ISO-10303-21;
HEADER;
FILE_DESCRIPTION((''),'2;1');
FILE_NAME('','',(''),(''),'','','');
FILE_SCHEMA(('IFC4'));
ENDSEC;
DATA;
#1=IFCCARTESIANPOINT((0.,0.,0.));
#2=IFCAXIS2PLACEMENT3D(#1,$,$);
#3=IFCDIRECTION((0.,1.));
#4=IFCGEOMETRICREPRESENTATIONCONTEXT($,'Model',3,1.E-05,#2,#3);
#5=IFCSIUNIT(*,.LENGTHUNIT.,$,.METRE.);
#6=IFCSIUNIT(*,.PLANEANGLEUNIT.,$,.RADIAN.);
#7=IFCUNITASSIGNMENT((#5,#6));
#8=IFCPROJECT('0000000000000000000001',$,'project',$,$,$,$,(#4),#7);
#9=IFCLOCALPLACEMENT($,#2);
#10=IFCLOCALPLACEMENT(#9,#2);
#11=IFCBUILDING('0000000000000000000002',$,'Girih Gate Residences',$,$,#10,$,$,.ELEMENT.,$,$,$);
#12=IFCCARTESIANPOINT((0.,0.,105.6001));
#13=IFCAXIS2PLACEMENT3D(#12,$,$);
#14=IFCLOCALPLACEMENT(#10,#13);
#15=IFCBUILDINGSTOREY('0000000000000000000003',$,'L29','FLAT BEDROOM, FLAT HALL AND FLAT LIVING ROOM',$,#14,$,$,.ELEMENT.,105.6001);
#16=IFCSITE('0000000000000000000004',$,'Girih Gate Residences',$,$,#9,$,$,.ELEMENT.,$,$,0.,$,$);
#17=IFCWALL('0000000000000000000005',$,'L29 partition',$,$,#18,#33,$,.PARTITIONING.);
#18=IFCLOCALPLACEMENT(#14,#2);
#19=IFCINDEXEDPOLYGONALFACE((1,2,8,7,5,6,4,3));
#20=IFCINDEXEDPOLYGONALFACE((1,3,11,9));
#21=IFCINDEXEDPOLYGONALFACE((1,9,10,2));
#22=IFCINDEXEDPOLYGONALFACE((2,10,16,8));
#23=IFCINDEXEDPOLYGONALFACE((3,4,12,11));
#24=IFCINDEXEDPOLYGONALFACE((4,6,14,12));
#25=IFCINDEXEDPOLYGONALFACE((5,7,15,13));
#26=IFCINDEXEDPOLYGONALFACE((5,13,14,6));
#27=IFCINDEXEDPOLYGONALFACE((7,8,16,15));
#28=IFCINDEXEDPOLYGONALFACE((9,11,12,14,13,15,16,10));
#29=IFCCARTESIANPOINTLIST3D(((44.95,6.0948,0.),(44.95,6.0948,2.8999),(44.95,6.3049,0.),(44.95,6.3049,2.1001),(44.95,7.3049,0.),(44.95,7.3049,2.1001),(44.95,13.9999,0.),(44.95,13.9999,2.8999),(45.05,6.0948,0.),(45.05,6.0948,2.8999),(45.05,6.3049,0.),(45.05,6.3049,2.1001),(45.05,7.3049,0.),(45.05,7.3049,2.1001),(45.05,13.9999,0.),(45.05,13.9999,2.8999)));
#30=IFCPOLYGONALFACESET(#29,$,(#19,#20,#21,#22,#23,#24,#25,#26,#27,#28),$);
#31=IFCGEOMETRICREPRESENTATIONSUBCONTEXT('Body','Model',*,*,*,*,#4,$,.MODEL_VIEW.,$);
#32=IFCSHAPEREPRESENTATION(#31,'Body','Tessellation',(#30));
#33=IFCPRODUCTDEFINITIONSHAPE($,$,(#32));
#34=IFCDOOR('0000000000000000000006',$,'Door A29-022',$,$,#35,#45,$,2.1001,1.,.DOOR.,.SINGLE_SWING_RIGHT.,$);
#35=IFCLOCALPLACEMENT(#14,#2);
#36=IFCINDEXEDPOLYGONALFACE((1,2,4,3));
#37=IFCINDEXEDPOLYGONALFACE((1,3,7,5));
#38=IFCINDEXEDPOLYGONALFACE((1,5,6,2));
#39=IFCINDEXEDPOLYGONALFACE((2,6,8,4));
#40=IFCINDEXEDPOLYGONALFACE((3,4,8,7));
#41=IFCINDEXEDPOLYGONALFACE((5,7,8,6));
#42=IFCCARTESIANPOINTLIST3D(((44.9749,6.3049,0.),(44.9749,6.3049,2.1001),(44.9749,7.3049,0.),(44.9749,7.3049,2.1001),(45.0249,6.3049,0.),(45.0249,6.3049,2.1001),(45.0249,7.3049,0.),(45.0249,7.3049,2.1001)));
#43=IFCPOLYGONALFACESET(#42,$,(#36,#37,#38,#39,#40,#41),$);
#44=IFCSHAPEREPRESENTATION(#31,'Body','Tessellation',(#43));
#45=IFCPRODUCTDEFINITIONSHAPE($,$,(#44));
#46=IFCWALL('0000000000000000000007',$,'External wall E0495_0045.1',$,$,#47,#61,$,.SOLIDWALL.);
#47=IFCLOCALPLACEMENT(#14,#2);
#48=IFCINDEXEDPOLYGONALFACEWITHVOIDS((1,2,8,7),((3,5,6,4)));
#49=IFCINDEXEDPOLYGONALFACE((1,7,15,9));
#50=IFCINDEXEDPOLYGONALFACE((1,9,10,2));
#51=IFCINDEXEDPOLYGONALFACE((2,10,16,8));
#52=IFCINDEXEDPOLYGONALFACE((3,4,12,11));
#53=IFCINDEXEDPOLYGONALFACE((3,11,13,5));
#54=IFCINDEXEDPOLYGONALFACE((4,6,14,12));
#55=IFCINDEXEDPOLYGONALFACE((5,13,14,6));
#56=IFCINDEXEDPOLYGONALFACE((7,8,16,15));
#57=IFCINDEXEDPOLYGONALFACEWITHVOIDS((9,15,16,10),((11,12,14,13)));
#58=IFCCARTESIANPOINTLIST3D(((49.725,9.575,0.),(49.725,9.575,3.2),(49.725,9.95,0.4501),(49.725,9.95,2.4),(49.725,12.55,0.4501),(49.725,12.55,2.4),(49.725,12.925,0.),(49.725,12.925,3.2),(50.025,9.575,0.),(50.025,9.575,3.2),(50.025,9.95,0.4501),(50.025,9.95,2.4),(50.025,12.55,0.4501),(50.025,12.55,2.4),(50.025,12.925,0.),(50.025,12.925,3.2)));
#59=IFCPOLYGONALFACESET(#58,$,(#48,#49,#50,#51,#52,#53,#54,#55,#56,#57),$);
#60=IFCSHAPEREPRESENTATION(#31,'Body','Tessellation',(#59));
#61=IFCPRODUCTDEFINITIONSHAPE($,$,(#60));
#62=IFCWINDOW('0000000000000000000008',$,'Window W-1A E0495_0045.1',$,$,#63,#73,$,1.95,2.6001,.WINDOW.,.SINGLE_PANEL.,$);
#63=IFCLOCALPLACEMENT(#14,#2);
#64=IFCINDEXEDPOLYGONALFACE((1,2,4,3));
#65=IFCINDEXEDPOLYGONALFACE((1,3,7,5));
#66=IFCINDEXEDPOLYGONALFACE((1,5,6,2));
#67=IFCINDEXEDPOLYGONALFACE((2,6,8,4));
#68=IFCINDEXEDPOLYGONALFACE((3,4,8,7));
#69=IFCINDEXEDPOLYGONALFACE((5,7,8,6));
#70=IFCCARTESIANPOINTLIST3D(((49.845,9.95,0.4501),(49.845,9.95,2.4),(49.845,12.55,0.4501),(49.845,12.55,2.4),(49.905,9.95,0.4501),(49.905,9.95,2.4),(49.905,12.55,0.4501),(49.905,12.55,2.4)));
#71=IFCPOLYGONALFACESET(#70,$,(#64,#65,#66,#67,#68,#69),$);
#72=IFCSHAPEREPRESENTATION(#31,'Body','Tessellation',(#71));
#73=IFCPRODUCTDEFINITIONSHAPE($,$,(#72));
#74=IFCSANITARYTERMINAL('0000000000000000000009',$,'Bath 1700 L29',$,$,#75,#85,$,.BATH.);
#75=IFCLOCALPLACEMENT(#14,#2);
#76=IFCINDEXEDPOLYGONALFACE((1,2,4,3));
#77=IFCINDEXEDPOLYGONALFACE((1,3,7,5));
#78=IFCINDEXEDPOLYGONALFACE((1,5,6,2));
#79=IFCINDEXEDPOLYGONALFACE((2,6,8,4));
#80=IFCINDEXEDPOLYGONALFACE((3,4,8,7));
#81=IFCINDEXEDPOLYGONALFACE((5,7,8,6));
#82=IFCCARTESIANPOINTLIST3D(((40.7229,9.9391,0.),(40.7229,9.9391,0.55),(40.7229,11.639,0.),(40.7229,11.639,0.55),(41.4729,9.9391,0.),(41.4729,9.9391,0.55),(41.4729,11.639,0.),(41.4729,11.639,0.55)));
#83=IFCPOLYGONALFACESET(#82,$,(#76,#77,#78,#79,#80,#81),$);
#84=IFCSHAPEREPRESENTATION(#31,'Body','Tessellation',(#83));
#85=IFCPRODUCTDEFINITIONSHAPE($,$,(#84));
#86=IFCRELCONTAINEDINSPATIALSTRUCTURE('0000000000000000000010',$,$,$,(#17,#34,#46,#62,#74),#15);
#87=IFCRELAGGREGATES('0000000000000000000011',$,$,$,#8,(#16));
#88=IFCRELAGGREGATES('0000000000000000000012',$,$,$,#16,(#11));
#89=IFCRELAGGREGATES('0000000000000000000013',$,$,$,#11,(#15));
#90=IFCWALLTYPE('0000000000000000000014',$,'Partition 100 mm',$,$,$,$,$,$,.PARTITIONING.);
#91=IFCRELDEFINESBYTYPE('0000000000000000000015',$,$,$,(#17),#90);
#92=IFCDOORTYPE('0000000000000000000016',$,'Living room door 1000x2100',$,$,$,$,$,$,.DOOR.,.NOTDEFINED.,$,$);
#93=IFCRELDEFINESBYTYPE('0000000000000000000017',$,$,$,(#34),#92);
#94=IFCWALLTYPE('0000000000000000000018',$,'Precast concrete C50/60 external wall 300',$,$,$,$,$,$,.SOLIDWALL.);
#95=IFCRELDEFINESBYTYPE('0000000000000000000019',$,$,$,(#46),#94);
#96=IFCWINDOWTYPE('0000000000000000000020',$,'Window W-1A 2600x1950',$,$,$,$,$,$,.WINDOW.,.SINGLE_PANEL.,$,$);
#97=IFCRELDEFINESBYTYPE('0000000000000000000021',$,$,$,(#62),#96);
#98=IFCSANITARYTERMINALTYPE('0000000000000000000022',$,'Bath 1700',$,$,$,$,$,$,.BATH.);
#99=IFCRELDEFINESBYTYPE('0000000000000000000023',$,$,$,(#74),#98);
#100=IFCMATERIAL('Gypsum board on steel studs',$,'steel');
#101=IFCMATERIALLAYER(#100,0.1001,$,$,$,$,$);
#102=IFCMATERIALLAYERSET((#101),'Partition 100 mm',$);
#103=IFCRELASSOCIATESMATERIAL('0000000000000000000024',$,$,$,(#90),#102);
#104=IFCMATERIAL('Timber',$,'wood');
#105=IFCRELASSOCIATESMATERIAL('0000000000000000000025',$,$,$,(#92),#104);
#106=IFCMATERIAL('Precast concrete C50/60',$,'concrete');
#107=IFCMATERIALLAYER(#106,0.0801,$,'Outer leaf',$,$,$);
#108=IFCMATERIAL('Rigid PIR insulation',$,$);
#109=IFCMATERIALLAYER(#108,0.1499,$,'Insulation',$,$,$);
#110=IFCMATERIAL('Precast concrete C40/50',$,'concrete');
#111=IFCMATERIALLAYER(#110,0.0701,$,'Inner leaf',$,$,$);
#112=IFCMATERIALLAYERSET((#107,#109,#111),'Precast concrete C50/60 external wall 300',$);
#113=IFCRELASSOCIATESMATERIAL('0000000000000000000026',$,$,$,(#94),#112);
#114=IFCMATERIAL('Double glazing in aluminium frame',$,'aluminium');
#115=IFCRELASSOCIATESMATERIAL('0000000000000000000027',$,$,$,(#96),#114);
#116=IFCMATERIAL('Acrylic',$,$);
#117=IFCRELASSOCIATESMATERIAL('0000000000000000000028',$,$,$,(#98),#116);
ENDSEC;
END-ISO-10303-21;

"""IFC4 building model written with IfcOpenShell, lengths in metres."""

from ifc_helpers import new_model, si_unit, direction, frame, frame_2d, origin, origin_2d, place, context, subcontext, project, spatial, rectangle, extrude, material, layer, layer_set, type_object, element, fill, save


model = new_model("IFC4")

# Units and contexts
model_context = context("Model", 3, precision=1e-05, world=origin(), true_north=direction((0.0, 1.0)))
body_context = subcontext(model_context, "Body", "Model", "MODEL_VIEW")
ifc_project = project(units=[si_unit("LENGTHUNIT", "METRE"), si_unit("PLANEANGLEUNIT", "RADIAN")], contexts=[model_context])

# Site, building, storey
site_placement = place(None, origin())
site = spatial("IfcSite", under=ifc_project, at=site_placement, Name="Girih Gate Residences", CompositionType="ELEMENT", RefElevation=0.0)
building_placement = place(site_placement, origin())
building = spatial("IfcBuilding", under=site, at=building_placement, Name="Girih Gate Residences", CompositionType="ELEMENT")
storey_placement = place(building_placement, frame((0.0, 0.0, 105.6001)))
storey = spatial("IfcBuildingStorey", under=building, at=storey_placement, Name="L29", Description="FLAT BEDROOM, FLAT HALL AND FLAT LIVING ROOM", CompositionType="ELEMENT", Elevation=105.6001)

# Shared definitions
ifc_material_1 = material(Name="Gypsum board on steel studs", Category="steel")

# Shared definitions
ifc_material_2 = material(Name="Timber", Category="wood")

# Wall, opening, door
ifc_layer_1 = layer(ifc_material_1, 0.1001)
ifc_layer_set_1 = layer_set([ifc_layer_1], Name="Partition 100 mm")
wall_type_1 = type_object("IfcWallType", Name="Partition 100 mm", PredefinedType="PARTITIONING", material=ifc_layer_set_1)
wall_1_placement = place(storey_placement, frame((45.0, 14.0, 0.0), z_axis=(0.0, 0.0, 1.0), x_axis=(0.0, -1.0, 0.0)))
wall_1 = element("IfcWall", 1, at=wall_1_placement, inside=storey, type_object=wall_type_1, Name="L29 partition", PredefinedType="PARTITIONING", context=body_context, shape_type="SweptSolid", body=[
    extrude(rectangle(XDim=7.905, YDim=0.1001, at=frame_2d((3.9526, 0.0))), origin(), (0.0, 0.0, 1.0), 2.8999),
])
opening_1_placement = place(wall_1_placement, frame((6.6951, 0.0, 0.0)))
opening_1 = element("IfcOpeningElement", 2, at=opening_1_placement, cuts=wall_1, PredefinedType="OPENING", context=body_context, shape_type="SweptSolid", body=[
    extrude(rectangle(XDim=1.0, YDim=2.1001, at=frame_2d((0.5, 1.05))), frame((0.0, 0.0601, 0.0), z_axis=(0.0, -1.0, 0.0), x_axis=(1.0, 0.0, 0.0)), (0.0, 0.0, 1.0), 0.1201),
])
door_type_1 = type_object("IfcDoorType", Name="Living room door 1000x2100", OperationType="NOTDEFINED", PredefinedType="DOOR", material=ifc_material_2)
door_1_placement = place(opening_1_placement, origin())
door_1 = element("IfcDoor", 3, at=door_1_placement, inside=storey, type_object=door_type_1, Name="Door A29-022", OperationType="SINGLE_SWING_RIGHT", OverallHeight=2.1001, OverallWidth=1.0, PredefinedType="DOOR", context=body_context, shape_type="SweptSolid", body=[
    extrude(rectangle(XDim=1.0, YDim=2.1001, at=frame_2d((0.5, 1.05))), frame((0.0, 0.0249, 0.0), z_axis=(0.0, -1.0, 0.0), x_axis=(1.0, 0.0, 0.0)), (0.0, 0.0, 1.0), 0.05),
])
fill(opening_1, door_1)

# Wall, opening, window
ifc_material_3 = material(Name="Precast concrete C50/60", Category="concrete")
ifc_layer_2 = layer(ifc_material_3, 0.0801, Name="Outer leaf")
ifc_material_4 = material(Name="Rigid PIR insulation")
ifc_layer_3 = layer(ifc_material_4, 0.1499, Name="Insulation")
ifc_material_5 = material(Name="Precast concrete C40/50", Category="concrete")
ifc_layer_4 = layer(ifc_material_5, 0.0701, Name="Inner leaf")
ifc_layer_set_2 = layer_set([ifc_layer_2, ifc_layer_3, ifc_layer_4], Name="Precast concrete C50/60 external wall 300")
wall_type_2 = type_object("IfcWallType", Name="Precast concrete C50/60 external wall 300", PredefinedType="SOLIDWALL", material=ifc_layer_set_2)
wall_2_placement = place(storey_placement, frame((49.875, 12.925, 0.0), z_axis=(0.0, 0.0, 1.0), x_axis=(0.0, -1.0, 0.0)))
wall_2 = element("IfcWall", 4, at=wall_2_placement, inside=storey, type_object=wall_type_2, Name="External wall E0495_0045.1", PredefinedType="SOLIDWALL", context=body_context, shape_type="SweptSolid", body=[
    extrude(rectangle(XDim=3.3501, YDim=0.3, at=frame_2d((1.675, 0.0))), origin(), (0.0, 0.0, 1.0), 3.2),
])
opening_2_placement = place(wall_2_placement, frame((0.375, 0.0, 0.45)))
opening_2 = element("IfcOpeningElement", 5, at=opening_2_placement, cuts=wall_2, PredefinedType="OPENING", context=body_context, shape_type="SweptSolid", body=[
    extrude(rectangle(XDim=2.6001, YDim=1.95, at=frame_2d((1.3, 0.9751))), frame((0.0, 0.1599, 0.0), z_axis=(0.0, -1.0, 0.0), x_axis=(1.0, 0.0, 0.0)), (0.0, 0.0, 1.0), 0.3201),
])
ifc_material_6 = material(Name="Double glazing in aluminium frame", Category="aluminium")
window_type = type_object("IfcWindowType", Name="Window W-1A 2600x1950", PartitioningType="SINGLE_PANEL", PredefinedType="WINDOW", material=ifc_material_6)
window_placement = place(opening_2_placement, origin())
window = element("IfcWindow", 6, at=window_placement, inside=storey, type_object=window_type, Name="Window W-1A E0495_0045.1", OverallHeight=1.95, OverallWidth=2.6001, PartitioningType="SINGLE_PANEL", PredefinedType="WINDOW", context=body_context, shape_type="SweptSolid", body=[
    extrude(rectangle(XDim=2.6001, YDim=1.95, at=frame_2d((1.3, 0.9751))), frame((0.0, 0.03, 0.0), z_axis=(0.0, -1.0, 0.0), x_axis=(1.0, 0.0, 0.0)), (0.0, 0.0, 1.0), 0.0601),
])
fill(opening_2, window)

# Sanitary terminal
ifc_material_7 = material(Name="Acrylic")
sanitary_terminal_type = type_object("IfcSanitaryTerminalType", Name="Bath 1700", PredefinedType="BATH", material=ifc_material_7)
sanitary_terminal_placement = place(storey_placement, frame((41.0979, 10.7891, 0.0), z_axis=(0.0, 0.0, 1.0), x_axis=(1.0, 0.0, 0.0)))
element("IfcSanitaryTerminal", 7, at=sanitary_terminal_placement, inside=storey, type_object=sanitary_terminal_type, Name="Bath 1700 L29", PredefinedType="BATH", context=body_context, shape_type="SweptSolid", body=[
    extrude(rectangle(XDim=0.75, YDim=1.7, at=origin_2d()), origin(), (0.0, 0.0, 1.0), 0.55),
])

save(model, "model.ifc")
